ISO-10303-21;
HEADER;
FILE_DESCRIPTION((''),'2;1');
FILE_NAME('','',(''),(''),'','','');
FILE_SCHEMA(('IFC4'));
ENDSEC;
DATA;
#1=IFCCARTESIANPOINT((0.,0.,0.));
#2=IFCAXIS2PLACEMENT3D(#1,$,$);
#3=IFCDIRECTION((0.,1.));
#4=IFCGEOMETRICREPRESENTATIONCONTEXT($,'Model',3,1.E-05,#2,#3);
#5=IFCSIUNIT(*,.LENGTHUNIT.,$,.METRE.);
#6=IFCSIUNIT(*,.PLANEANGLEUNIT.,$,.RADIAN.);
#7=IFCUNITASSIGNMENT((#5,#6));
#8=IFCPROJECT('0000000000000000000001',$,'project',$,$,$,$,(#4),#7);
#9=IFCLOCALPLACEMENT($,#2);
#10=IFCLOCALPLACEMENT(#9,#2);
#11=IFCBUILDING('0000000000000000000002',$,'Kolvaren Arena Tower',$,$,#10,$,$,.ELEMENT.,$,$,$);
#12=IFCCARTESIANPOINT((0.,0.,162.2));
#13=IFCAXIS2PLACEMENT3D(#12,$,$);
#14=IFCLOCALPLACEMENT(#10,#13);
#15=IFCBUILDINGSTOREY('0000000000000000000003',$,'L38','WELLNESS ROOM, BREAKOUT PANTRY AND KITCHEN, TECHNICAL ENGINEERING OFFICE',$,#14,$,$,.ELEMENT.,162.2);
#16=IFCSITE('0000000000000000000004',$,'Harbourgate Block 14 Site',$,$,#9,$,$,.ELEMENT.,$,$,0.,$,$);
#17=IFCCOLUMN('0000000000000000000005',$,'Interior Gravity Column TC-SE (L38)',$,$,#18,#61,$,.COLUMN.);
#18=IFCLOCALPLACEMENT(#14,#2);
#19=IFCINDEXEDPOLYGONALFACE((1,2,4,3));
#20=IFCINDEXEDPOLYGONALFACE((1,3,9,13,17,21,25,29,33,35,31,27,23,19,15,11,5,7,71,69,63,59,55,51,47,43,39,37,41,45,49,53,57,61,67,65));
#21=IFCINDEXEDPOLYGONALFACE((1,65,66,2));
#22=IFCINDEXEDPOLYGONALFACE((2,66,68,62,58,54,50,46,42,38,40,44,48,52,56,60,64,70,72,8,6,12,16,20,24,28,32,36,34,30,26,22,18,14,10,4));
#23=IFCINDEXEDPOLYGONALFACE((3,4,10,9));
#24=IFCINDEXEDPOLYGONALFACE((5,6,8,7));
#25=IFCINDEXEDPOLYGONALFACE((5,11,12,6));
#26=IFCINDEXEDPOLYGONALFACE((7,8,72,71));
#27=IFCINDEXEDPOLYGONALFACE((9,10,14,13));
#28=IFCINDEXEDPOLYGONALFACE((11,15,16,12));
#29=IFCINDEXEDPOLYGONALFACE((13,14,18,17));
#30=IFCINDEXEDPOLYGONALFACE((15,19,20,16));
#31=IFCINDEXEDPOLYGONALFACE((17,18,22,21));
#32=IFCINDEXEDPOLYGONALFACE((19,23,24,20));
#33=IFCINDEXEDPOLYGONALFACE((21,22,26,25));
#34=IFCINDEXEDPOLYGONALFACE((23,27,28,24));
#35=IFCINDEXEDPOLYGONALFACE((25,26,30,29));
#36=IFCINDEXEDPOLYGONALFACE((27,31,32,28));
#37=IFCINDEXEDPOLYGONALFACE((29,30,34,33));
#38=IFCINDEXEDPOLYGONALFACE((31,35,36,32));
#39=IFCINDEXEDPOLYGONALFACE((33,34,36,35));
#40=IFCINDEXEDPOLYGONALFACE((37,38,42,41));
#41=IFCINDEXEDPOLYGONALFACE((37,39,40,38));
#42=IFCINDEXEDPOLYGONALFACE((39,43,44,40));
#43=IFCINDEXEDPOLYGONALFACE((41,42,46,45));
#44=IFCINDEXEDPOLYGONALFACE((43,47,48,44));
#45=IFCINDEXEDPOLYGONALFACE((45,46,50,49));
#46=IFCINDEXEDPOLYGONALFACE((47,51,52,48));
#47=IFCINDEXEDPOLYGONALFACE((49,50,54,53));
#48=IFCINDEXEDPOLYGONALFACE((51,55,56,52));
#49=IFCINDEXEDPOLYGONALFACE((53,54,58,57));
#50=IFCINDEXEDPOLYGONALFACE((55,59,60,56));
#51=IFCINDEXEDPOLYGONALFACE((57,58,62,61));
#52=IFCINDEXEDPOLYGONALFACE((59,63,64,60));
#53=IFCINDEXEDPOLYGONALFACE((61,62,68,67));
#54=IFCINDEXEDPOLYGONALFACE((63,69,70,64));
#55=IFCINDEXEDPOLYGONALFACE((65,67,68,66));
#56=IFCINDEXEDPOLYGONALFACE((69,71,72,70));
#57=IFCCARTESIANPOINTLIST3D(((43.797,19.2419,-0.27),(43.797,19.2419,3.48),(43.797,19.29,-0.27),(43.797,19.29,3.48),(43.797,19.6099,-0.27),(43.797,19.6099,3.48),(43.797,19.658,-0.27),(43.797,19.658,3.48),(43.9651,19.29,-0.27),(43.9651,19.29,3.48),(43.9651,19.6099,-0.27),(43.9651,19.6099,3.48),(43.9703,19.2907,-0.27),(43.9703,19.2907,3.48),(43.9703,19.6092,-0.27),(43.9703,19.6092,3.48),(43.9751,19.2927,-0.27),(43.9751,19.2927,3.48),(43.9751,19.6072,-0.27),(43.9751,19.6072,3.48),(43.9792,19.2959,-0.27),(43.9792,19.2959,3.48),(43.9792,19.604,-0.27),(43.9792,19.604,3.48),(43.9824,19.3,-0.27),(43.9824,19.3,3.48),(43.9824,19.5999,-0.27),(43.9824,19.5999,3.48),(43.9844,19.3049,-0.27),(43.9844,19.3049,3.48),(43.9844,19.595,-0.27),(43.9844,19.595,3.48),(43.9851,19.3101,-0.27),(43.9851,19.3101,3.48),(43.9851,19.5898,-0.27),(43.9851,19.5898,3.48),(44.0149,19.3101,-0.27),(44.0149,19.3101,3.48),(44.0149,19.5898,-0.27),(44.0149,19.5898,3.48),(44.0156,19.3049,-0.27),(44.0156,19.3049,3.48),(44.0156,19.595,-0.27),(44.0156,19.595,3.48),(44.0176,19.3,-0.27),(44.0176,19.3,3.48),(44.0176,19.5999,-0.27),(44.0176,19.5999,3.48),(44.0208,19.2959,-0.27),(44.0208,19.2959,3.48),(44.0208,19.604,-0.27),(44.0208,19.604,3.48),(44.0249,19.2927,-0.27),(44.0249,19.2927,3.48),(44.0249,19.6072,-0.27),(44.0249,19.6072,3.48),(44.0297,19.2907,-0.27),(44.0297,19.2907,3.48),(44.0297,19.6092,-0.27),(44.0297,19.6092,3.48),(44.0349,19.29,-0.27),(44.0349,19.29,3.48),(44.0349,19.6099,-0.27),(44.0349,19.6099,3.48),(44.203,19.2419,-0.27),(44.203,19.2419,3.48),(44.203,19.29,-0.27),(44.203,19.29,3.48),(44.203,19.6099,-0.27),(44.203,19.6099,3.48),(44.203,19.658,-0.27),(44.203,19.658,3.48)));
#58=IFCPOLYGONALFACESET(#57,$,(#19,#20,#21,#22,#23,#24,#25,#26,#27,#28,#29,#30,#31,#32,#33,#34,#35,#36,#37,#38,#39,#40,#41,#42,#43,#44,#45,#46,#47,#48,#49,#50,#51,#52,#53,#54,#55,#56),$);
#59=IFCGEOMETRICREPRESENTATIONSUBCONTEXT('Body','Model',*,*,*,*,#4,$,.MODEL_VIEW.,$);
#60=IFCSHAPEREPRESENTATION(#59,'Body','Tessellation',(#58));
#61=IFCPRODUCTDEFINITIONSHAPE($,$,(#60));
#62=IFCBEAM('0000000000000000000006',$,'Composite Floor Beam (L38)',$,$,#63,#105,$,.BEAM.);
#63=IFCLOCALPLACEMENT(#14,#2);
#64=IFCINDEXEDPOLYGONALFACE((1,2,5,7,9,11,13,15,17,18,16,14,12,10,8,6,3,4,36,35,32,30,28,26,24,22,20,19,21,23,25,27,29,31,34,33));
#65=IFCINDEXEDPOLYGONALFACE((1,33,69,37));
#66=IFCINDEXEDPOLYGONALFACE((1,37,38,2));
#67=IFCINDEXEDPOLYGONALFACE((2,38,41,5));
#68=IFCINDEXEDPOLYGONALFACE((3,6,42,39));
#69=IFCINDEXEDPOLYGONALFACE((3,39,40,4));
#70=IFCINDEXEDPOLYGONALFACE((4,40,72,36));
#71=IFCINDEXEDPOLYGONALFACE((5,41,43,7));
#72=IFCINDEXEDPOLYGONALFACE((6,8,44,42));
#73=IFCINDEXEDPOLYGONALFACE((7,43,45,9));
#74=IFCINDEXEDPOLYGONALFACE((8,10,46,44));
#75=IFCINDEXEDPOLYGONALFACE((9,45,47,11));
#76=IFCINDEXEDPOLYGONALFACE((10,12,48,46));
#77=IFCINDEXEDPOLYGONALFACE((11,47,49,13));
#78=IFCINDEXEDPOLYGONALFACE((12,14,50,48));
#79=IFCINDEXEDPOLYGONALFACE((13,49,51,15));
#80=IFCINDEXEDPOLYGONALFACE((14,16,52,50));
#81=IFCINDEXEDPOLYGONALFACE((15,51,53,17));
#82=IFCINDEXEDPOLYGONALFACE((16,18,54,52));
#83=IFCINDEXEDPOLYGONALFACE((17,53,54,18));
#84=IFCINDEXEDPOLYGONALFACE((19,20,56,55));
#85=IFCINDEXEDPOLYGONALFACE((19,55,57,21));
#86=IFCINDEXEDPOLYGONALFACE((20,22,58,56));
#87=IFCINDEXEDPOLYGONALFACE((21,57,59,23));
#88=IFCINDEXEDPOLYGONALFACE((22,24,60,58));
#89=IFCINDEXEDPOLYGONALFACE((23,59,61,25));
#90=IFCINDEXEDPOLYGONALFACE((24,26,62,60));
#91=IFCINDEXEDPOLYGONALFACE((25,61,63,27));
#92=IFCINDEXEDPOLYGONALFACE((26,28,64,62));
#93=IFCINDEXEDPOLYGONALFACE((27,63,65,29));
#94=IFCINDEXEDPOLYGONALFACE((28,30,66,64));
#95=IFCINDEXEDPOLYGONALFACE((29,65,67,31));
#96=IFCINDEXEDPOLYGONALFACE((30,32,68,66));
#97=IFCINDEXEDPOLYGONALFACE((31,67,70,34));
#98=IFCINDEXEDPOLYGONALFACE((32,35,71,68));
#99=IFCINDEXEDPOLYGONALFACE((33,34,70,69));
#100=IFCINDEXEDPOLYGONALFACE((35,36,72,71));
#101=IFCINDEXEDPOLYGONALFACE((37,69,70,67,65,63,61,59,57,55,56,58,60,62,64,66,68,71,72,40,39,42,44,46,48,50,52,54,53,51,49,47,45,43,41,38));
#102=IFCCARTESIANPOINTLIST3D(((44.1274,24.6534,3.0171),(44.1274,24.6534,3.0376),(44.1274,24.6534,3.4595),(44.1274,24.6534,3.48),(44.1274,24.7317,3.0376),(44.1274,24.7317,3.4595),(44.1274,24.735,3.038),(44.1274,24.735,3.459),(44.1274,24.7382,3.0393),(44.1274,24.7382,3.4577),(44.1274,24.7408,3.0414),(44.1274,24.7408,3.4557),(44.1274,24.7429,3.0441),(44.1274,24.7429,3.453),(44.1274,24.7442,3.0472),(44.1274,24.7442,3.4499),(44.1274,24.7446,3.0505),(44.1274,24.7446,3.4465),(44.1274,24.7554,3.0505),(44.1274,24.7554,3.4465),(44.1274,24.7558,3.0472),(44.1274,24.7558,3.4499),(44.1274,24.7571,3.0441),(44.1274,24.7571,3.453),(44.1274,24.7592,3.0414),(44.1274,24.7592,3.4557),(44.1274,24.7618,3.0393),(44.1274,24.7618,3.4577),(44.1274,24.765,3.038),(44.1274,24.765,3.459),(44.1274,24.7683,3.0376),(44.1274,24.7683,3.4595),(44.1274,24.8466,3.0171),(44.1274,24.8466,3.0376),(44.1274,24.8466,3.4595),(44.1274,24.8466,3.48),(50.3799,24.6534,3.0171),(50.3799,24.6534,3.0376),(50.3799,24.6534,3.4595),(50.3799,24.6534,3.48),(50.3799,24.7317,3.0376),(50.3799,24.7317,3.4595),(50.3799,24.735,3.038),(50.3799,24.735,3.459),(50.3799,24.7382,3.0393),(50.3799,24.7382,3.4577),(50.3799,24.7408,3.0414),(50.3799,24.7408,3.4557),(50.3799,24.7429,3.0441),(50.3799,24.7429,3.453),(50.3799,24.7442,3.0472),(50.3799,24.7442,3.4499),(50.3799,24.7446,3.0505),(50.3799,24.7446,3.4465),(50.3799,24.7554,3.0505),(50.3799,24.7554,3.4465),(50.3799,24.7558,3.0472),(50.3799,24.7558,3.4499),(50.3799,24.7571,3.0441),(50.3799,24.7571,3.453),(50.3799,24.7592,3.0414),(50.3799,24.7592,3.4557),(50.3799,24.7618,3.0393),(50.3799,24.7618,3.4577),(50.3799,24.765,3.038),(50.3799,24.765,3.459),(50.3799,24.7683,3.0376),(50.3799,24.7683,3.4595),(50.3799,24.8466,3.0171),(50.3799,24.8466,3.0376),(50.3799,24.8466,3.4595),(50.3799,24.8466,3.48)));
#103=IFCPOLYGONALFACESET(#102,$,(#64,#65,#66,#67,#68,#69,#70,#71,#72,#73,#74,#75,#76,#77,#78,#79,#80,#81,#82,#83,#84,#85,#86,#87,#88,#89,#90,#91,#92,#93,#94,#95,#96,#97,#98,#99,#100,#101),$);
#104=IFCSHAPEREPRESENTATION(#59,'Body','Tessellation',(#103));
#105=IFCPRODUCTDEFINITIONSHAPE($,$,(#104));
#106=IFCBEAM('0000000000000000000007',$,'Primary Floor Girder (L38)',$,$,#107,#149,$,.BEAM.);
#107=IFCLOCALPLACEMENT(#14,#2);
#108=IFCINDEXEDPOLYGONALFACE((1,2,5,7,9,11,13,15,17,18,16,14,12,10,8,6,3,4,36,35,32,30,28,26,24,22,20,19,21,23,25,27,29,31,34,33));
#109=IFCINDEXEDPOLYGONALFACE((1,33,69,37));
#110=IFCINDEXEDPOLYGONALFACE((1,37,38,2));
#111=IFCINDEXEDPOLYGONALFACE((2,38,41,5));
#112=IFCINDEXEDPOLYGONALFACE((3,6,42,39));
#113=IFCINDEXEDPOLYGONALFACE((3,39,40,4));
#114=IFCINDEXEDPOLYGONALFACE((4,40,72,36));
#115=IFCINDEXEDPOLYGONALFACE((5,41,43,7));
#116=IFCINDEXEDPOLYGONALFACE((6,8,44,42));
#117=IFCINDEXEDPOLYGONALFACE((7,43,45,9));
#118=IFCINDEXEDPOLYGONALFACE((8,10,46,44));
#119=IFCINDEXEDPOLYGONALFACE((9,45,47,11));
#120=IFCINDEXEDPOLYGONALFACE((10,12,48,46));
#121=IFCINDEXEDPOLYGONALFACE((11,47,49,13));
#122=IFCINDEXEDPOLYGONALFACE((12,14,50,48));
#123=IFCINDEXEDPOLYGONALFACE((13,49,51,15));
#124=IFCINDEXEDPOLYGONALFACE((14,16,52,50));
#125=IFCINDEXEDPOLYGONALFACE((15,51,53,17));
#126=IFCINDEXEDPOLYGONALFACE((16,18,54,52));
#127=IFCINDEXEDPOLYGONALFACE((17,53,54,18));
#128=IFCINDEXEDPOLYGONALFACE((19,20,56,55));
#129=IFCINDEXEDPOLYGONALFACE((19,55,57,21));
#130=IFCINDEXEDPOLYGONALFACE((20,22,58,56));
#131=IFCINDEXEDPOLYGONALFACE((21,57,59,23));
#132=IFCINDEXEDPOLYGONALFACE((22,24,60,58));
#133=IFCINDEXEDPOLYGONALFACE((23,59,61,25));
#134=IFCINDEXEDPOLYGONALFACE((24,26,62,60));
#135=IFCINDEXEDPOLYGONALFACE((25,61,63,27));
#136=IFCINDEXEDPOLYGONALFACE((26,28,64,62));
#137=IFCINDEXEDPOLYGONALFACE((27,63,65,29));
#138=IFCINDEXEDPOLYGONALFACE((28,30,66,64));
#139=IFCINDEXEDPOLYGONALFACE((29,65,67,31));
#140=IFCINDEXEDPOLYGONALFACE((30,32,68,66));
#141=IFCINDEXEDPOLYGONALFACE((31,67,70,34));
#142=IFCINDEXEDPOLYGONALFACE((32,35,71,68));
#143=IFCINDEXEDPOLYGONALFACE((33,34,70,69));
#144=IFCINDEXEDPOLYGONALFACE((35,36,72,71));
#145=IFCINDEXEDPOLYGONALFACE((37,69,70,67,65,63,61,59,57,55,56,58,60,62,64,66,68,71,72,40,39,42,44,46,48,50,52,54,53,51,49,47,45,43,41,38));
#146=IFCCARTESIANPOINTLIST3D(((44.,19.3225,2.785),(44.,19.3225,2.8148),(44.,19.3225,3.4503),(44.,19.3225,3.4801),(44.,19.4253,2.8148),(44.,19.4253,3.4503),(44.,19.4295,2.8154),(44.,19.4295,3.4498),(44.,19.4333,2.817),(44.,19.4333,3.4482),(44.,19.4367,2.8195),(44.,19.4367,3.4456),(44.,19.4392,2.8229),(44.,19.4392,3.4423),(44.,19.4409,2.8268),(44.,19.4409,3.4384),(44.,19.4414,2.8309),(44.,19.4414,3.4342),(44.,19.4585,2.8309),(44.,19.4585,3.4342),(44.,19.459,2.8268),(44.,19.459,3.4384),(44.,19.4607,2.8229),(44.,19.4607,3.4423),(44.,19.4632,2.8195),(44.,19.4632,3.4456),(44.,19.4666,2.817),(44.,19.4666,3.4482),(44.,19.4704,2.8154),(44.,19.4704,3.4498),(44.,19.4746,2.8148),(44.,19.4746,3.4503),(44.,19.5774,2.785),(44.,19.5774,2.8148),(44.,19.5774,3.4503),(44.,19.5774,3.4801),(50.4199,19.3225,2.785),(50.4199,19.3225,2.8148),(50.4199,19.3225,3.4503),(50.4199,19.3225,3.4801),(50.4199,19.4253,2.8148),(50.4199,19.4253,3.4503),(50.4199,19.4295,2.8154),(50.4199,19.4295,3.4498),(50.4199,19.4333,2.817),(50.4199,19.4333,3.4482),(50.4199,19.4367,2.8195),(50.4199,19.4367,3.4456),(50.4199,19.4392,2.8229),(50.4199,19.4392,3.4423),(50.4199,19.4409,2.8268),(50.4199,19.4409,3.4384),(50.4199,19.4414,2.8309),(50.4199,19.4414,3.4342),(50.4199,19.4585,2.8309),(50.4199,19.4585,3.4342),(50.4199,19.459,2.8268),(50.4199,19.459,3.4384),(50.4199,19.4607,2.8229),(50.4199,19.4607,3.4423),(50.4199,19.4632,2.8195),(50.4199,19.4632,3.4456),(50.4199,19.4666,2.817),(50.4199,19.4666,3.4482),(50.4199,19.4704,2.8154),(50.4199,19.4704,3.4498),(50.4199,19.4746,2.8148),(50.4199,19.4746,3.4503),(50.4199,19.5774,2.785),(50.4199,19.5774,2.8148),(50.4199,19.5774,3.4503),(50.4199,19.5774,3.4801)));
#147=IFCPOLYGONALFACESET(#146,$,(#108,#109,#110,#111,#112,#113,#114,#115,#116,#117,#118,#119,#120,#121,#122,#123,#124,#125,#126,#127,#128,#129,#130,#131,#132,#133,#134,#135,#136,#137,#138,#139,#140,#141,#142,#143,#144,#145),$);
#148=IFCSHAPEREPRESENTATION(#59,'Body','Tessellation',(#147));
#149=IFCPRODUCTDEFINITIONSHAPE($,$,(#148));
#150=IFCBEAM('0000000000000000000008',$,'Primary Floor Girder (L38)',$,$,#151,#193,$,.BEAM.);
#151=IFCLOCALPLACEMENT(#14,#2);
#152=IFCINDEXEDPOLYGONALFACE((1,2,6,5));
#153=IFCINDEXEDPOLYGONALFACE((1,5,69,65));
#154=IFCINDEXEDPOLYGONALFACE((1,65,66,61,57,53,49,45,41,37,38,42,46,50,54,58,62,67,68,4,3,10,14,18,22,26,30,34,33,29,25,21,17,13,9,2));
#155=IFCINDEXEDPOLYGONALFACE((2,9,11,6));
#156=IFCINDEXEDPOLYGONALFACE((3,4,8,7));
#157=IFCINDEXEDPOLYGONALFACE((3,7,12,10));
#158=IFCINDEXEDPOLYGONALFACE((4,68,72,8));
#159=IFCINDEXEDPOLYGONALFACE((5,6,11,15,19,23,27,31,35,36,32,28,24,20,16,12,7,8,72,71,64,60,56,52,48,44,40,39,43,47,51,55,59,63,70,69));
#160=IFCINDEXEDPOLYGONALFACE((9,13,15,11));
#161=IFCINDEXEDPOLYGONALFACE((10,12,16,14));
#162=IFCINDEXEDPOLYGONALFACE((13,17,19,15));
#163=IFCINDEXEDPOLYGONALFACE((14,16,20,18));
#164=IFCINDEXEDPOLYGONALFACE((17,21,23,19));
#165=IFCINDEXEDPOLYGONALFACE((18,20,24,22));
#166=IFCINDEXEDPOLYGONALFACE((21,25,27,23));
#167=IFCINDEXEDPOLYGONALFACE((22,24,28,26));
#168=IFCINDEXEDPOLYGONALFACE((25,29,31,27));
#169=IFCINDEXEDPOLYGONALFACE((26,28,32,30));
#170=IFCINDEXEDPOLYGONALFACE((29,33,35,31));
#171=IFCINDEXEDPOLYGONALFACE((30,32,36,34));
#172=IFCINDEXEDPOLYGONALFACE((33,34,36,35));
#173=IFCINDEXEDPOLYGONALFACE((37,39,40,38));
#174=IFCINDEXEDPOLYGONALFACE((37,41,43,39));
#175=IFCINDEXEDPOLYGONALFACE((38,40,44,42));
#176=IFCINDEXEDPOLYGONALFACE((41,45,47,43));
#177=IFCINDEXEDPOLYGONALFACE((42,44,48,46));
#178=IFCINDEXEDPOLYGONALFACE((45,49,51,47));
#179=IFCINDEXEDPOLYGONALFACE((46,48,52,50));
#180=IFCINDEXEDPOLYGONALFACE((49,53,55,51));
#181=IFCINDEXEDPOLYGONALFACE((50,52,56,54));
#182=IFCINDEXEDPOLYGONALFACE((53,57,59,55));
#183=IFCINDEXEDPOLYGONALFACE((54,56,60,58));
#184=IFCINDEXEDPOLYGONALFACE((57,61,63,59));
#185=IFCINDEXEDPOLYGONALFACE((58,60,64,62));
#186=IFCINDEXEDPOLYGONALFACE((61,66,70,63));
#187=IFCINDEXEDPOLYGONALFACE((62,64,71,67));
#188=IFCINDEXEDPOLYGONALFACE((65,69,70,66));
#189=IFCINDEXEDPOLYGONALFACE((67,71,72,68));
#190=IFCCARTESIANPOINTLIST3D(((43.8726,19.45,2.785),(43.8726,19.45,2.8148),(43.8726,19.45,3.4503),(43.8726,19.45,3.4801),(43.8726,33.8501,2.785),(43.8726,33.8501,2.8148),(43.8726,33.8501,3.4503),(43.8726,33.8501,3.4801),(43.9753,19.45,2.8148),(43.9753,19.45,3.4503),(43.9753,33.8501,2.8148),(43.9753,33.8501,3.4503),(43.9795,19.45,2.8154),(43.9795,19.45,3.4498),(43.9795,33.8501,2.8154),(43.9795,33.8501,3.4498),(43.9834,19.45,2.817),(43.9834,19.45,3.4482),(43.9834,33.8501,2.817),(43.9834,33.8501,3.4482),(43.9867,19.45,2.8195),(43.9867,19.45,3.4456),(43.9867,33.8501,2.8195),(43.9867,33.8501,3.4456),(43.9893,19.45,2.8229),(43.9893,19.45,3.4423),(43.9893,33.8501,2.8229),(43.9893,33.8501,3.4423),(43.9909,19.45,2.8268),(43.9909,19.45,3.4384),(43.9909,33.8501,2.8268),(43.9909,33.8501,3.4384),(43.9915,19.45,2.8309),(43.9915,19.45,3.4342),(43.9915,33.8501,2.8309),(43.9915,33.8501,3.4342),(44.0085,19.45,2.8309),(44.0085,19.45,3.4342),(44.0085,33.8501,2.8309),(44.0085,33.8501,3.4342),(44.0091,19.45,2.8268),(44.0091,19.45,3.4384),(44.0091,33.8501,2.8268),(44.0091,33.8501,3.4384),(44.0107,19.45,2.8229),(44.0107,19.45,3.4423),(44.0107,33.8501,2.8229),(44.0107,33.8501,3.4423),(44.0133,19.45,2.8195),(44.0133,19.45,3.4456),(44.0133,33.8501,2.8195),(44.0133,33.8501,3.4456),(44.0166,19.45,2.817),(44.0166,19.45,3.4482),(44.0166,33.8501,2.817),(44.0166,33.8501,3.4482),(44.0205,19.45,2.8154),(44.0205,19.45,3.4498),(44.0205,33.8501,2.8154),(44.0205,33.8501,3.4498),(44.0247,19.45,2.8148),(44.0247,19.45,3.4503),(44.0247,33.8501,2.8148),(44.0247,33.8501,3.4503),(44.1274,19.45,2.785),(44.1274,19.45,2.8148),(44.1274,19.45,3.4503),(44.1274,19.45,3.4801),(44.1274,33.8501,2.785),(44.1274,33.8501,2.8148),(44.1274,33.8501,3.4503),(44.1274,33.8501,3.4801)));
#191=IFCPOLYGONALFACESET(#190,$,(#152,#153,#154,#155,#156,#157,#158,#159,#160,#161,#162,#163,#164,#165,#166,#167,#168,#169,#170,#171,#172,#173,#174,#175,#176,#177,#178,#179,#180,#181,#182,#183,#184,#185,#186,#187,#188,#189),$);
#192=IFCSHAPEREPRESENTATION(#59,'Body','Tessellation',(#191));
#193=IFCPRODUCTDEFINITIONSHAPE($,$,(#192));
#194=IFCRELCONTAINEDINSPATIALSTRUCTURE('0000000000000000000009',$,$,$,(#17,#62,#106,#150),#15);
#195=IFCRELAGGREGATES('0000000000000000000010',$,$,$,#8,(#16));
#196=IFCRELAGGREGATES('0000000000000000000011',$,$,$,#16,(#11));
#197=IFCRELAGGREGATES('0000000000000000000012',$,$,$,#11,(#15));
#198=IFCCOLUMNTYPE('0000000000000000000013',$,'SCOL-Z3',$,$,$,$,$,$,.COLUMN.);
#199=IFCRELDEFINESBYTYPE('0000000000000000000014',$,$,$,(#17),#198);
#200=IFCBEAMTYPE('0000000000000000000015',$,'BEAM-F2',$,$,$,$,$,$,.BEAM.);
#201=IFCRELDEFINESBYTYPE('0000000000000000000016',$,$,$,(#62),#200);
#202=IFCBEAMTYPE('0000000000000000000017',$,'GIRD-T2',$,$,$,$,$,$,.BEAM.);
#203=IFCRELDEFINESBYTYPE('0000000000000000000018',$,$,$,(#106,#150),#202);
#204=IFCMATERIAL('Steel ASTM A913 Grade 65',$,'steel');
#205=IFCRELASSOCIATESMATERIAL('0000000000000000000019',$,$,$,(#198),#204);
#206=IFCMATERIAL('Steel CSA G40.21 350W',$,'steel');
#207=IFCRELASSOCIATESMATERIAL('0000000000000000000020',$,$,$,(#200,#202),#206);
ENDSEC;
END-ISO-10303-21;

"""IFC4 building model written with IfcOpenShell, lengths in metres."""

from ifc_helpers import new_model, si_unit, direction, frame, origin, origin_2d, place, context, subcontext, project, spatial, i_section, extrude, material, material_profile, profile_set, type_object, element, save


model = new_model("IFC4")

# Units and contexts
model_context = context("Model", 3, precision=1e-05, world=origin(), true_north=direction((0.0, 1.0)))
body_context = subcontext(model_context, "Body", "Model", "MODEL_VIEW")
ifc_project = project(units=[si_unit("LENGTHUNIT", "METRE"), si_unit("PLANEANGLEUNIT", "RADIAN")], contexts=[model_context])

# Site, building, storey
site_placement = place(None, origin())
site = spatial("IfcSite", under=ifc_project, at=site_placement, Name="Harbourgate Block 14 Site", CompositionType="ELEMENT", RefElevation=0.0)
building_placement = place(site_placement, origin())
building = spatial("IfcBuilding", under=site, at=building_placement, Name="Kolvaren Arena Tower", CompositionType="ELEMENT")
storey_placement = place(building_placement, frame((0.0, 0.0, 162.2)))
storey = spatial("IfcBuildingStorey", under=building, at=storey_placement, Name="L38", Description="WELLNESS ROOM, BREAKOUT PANTRY AND KITCHEN, TECHNICAL ENGINEERING OFFICE", CompositionType="ELEMENT", Elevation=162.2)

# Column
ifc_material_1 = material(Name="Steel ASTM A913 Grade 65", Category="steel")
ifc_material_profile_1 = material_profile(ifc_material_1, i_section(OverallWidth=0.406, OverallDepth=0.416, WebThickness=0.0298, FlangeThickness=0.0481, FilletRadius=0.02, at=origin_2d()), Name="W360x382")
ifc_profile_set_1 = profile_set([ifc_material_profile_1], Name="Steel ASTM A913 Grade 65")
column_type = type_object("IfcColumnType", Name="SCOL-Z3", PredefinedType="COLUMN", material=ifc_profile_set_1)
column_placement = place(storey_placement, frame((44.0, 19.45, -0.27), z_axis=(0.0, 0.0, 1.0), x_axis=(1.0, 0.0, 0.0)))
element("IfcColumn", 1, at=column_placement, inside=storey, type_object=column_type, Name="Interior Gravity Column TC-SE (L38)", PredefinedType="COLUMN", context=body_context, shape_type="SweptSolid", body=[
    extrude(i_section(OverallWidth=0.406, OverallDepth=0.416, WebThickness=0.0298, FlangeThickness=0.0481, FilletRadius=0.02, at=origin_2d()), origin(), (0.0, 0.0, 1.0), 3.75),
])

# Beams
ifc_material_2 = material(Name="Steel CSA G40.21 350W", Category="steel")
ifc_material_profile_2 = material_profile(ifc_material_2, i_section(OverallWidth=0.1931, OverallDepth=0.4629, WebThickness=0.0107, FlangeThickness=0.0205, FilletRadius=0.0129, at=origin_2d()), Name="W460x113")
ifc_profile_set_2 = profile_set([ifc_material_profile_2], Name="Steel CSA G40.21 350W")
beam_type_1 = type_object("IfcBeamType", Name="BEAM-F2", PredefinedType="BEAM", material=ifc_profile_set_2)
beam_1_placement = place(storey_placement, frame((44.1274, 24.75, 3.2485), z_axis=(1.0, 0.0, 0.0), x_axis=(0.0, 1.0, 0.0)))
element("IfcBeam", 2, at=beam_1_placement, inside=storey, type_object=beam_type_1, Name="Composite Floor Beam (L38)", PredefinedType="BEAM", context=body_context, shape_type="SweptSolid", body=[
    extrude(i_section(OverallWidth=0.1931, OverallDepth=0.4629, WebThickness=0.0107, FlangeThickness=0.0205, FilletRadius=0.0129, at=origin_2d()), origin(), (0.0, 0.0, 1.0), 6.2524),
])
ifc_material_profile_3 = material_profile(ifc_material_2, i_section(OverallWidth=0.2549, OverallDepth=0.6951, WebThickness=0.0171, FlangeThickness=0.0298, FilletRadius=0.0161, at=origin_2d()), Name="W690x217")
ifc_profile_set_3 = profile_set([ifc_material_profile_3], Name="Steel CSA G40.21 350W")
beam_type_2 = type_object("IfcBeamType", Name="GIRD-T2", PredefinedType="BEAM", material=ifc_profile_set_3)
beam_2_placement = place(storey_placement, frame((44.0, 19.45, 3.1326), z_axis=(1.0, 0.0, 0.0), x_axis=(0.0, 1.0, 0.0)))
element("IfcBeam", 3, at=beam_2_placement, inside=storey, type_object=beam_type_2, Name="Primary Floor Girder (L38)", PredefinedType="BEAM", context=body_context, shape_type="SweptSolid", body=[
    extrude(i_section(OverallWidth=0.2549, OverallDepth=0.6951, WebThickness=0.0171, FlangeThickness=0.0298, FilletRadius=0.0161, at=origin_2d()), origin(), (0.0, 0.0, 1.0), 6.4199),
])
beam_3_placement = place(storey_placement, frame((44.0, 19.45, 3.1326), z_axis=(0.0, 1.0, 0.0), x_axis=(-1.0, 0.0, 0.0)))
element("IfcBeam", 4, at=beam_3_placement, inside=storey, type_object=beam_type_2, Name="Primary Floor Girder (L38)", PredefinedType="BEAM", context=body_context, shape_type="SweptSolid", body=[
    extrude(i_section(OverallWidth=0.2549, OverallDepth=0.6951, WebThickness=0.0171, FlangeThickness=0.0298, FilletRadius=0.0161, at=origin_2d()), origin(), (0.0, 0.0, 1.0), 14.4001),
])

save(model, "model.ifc")
